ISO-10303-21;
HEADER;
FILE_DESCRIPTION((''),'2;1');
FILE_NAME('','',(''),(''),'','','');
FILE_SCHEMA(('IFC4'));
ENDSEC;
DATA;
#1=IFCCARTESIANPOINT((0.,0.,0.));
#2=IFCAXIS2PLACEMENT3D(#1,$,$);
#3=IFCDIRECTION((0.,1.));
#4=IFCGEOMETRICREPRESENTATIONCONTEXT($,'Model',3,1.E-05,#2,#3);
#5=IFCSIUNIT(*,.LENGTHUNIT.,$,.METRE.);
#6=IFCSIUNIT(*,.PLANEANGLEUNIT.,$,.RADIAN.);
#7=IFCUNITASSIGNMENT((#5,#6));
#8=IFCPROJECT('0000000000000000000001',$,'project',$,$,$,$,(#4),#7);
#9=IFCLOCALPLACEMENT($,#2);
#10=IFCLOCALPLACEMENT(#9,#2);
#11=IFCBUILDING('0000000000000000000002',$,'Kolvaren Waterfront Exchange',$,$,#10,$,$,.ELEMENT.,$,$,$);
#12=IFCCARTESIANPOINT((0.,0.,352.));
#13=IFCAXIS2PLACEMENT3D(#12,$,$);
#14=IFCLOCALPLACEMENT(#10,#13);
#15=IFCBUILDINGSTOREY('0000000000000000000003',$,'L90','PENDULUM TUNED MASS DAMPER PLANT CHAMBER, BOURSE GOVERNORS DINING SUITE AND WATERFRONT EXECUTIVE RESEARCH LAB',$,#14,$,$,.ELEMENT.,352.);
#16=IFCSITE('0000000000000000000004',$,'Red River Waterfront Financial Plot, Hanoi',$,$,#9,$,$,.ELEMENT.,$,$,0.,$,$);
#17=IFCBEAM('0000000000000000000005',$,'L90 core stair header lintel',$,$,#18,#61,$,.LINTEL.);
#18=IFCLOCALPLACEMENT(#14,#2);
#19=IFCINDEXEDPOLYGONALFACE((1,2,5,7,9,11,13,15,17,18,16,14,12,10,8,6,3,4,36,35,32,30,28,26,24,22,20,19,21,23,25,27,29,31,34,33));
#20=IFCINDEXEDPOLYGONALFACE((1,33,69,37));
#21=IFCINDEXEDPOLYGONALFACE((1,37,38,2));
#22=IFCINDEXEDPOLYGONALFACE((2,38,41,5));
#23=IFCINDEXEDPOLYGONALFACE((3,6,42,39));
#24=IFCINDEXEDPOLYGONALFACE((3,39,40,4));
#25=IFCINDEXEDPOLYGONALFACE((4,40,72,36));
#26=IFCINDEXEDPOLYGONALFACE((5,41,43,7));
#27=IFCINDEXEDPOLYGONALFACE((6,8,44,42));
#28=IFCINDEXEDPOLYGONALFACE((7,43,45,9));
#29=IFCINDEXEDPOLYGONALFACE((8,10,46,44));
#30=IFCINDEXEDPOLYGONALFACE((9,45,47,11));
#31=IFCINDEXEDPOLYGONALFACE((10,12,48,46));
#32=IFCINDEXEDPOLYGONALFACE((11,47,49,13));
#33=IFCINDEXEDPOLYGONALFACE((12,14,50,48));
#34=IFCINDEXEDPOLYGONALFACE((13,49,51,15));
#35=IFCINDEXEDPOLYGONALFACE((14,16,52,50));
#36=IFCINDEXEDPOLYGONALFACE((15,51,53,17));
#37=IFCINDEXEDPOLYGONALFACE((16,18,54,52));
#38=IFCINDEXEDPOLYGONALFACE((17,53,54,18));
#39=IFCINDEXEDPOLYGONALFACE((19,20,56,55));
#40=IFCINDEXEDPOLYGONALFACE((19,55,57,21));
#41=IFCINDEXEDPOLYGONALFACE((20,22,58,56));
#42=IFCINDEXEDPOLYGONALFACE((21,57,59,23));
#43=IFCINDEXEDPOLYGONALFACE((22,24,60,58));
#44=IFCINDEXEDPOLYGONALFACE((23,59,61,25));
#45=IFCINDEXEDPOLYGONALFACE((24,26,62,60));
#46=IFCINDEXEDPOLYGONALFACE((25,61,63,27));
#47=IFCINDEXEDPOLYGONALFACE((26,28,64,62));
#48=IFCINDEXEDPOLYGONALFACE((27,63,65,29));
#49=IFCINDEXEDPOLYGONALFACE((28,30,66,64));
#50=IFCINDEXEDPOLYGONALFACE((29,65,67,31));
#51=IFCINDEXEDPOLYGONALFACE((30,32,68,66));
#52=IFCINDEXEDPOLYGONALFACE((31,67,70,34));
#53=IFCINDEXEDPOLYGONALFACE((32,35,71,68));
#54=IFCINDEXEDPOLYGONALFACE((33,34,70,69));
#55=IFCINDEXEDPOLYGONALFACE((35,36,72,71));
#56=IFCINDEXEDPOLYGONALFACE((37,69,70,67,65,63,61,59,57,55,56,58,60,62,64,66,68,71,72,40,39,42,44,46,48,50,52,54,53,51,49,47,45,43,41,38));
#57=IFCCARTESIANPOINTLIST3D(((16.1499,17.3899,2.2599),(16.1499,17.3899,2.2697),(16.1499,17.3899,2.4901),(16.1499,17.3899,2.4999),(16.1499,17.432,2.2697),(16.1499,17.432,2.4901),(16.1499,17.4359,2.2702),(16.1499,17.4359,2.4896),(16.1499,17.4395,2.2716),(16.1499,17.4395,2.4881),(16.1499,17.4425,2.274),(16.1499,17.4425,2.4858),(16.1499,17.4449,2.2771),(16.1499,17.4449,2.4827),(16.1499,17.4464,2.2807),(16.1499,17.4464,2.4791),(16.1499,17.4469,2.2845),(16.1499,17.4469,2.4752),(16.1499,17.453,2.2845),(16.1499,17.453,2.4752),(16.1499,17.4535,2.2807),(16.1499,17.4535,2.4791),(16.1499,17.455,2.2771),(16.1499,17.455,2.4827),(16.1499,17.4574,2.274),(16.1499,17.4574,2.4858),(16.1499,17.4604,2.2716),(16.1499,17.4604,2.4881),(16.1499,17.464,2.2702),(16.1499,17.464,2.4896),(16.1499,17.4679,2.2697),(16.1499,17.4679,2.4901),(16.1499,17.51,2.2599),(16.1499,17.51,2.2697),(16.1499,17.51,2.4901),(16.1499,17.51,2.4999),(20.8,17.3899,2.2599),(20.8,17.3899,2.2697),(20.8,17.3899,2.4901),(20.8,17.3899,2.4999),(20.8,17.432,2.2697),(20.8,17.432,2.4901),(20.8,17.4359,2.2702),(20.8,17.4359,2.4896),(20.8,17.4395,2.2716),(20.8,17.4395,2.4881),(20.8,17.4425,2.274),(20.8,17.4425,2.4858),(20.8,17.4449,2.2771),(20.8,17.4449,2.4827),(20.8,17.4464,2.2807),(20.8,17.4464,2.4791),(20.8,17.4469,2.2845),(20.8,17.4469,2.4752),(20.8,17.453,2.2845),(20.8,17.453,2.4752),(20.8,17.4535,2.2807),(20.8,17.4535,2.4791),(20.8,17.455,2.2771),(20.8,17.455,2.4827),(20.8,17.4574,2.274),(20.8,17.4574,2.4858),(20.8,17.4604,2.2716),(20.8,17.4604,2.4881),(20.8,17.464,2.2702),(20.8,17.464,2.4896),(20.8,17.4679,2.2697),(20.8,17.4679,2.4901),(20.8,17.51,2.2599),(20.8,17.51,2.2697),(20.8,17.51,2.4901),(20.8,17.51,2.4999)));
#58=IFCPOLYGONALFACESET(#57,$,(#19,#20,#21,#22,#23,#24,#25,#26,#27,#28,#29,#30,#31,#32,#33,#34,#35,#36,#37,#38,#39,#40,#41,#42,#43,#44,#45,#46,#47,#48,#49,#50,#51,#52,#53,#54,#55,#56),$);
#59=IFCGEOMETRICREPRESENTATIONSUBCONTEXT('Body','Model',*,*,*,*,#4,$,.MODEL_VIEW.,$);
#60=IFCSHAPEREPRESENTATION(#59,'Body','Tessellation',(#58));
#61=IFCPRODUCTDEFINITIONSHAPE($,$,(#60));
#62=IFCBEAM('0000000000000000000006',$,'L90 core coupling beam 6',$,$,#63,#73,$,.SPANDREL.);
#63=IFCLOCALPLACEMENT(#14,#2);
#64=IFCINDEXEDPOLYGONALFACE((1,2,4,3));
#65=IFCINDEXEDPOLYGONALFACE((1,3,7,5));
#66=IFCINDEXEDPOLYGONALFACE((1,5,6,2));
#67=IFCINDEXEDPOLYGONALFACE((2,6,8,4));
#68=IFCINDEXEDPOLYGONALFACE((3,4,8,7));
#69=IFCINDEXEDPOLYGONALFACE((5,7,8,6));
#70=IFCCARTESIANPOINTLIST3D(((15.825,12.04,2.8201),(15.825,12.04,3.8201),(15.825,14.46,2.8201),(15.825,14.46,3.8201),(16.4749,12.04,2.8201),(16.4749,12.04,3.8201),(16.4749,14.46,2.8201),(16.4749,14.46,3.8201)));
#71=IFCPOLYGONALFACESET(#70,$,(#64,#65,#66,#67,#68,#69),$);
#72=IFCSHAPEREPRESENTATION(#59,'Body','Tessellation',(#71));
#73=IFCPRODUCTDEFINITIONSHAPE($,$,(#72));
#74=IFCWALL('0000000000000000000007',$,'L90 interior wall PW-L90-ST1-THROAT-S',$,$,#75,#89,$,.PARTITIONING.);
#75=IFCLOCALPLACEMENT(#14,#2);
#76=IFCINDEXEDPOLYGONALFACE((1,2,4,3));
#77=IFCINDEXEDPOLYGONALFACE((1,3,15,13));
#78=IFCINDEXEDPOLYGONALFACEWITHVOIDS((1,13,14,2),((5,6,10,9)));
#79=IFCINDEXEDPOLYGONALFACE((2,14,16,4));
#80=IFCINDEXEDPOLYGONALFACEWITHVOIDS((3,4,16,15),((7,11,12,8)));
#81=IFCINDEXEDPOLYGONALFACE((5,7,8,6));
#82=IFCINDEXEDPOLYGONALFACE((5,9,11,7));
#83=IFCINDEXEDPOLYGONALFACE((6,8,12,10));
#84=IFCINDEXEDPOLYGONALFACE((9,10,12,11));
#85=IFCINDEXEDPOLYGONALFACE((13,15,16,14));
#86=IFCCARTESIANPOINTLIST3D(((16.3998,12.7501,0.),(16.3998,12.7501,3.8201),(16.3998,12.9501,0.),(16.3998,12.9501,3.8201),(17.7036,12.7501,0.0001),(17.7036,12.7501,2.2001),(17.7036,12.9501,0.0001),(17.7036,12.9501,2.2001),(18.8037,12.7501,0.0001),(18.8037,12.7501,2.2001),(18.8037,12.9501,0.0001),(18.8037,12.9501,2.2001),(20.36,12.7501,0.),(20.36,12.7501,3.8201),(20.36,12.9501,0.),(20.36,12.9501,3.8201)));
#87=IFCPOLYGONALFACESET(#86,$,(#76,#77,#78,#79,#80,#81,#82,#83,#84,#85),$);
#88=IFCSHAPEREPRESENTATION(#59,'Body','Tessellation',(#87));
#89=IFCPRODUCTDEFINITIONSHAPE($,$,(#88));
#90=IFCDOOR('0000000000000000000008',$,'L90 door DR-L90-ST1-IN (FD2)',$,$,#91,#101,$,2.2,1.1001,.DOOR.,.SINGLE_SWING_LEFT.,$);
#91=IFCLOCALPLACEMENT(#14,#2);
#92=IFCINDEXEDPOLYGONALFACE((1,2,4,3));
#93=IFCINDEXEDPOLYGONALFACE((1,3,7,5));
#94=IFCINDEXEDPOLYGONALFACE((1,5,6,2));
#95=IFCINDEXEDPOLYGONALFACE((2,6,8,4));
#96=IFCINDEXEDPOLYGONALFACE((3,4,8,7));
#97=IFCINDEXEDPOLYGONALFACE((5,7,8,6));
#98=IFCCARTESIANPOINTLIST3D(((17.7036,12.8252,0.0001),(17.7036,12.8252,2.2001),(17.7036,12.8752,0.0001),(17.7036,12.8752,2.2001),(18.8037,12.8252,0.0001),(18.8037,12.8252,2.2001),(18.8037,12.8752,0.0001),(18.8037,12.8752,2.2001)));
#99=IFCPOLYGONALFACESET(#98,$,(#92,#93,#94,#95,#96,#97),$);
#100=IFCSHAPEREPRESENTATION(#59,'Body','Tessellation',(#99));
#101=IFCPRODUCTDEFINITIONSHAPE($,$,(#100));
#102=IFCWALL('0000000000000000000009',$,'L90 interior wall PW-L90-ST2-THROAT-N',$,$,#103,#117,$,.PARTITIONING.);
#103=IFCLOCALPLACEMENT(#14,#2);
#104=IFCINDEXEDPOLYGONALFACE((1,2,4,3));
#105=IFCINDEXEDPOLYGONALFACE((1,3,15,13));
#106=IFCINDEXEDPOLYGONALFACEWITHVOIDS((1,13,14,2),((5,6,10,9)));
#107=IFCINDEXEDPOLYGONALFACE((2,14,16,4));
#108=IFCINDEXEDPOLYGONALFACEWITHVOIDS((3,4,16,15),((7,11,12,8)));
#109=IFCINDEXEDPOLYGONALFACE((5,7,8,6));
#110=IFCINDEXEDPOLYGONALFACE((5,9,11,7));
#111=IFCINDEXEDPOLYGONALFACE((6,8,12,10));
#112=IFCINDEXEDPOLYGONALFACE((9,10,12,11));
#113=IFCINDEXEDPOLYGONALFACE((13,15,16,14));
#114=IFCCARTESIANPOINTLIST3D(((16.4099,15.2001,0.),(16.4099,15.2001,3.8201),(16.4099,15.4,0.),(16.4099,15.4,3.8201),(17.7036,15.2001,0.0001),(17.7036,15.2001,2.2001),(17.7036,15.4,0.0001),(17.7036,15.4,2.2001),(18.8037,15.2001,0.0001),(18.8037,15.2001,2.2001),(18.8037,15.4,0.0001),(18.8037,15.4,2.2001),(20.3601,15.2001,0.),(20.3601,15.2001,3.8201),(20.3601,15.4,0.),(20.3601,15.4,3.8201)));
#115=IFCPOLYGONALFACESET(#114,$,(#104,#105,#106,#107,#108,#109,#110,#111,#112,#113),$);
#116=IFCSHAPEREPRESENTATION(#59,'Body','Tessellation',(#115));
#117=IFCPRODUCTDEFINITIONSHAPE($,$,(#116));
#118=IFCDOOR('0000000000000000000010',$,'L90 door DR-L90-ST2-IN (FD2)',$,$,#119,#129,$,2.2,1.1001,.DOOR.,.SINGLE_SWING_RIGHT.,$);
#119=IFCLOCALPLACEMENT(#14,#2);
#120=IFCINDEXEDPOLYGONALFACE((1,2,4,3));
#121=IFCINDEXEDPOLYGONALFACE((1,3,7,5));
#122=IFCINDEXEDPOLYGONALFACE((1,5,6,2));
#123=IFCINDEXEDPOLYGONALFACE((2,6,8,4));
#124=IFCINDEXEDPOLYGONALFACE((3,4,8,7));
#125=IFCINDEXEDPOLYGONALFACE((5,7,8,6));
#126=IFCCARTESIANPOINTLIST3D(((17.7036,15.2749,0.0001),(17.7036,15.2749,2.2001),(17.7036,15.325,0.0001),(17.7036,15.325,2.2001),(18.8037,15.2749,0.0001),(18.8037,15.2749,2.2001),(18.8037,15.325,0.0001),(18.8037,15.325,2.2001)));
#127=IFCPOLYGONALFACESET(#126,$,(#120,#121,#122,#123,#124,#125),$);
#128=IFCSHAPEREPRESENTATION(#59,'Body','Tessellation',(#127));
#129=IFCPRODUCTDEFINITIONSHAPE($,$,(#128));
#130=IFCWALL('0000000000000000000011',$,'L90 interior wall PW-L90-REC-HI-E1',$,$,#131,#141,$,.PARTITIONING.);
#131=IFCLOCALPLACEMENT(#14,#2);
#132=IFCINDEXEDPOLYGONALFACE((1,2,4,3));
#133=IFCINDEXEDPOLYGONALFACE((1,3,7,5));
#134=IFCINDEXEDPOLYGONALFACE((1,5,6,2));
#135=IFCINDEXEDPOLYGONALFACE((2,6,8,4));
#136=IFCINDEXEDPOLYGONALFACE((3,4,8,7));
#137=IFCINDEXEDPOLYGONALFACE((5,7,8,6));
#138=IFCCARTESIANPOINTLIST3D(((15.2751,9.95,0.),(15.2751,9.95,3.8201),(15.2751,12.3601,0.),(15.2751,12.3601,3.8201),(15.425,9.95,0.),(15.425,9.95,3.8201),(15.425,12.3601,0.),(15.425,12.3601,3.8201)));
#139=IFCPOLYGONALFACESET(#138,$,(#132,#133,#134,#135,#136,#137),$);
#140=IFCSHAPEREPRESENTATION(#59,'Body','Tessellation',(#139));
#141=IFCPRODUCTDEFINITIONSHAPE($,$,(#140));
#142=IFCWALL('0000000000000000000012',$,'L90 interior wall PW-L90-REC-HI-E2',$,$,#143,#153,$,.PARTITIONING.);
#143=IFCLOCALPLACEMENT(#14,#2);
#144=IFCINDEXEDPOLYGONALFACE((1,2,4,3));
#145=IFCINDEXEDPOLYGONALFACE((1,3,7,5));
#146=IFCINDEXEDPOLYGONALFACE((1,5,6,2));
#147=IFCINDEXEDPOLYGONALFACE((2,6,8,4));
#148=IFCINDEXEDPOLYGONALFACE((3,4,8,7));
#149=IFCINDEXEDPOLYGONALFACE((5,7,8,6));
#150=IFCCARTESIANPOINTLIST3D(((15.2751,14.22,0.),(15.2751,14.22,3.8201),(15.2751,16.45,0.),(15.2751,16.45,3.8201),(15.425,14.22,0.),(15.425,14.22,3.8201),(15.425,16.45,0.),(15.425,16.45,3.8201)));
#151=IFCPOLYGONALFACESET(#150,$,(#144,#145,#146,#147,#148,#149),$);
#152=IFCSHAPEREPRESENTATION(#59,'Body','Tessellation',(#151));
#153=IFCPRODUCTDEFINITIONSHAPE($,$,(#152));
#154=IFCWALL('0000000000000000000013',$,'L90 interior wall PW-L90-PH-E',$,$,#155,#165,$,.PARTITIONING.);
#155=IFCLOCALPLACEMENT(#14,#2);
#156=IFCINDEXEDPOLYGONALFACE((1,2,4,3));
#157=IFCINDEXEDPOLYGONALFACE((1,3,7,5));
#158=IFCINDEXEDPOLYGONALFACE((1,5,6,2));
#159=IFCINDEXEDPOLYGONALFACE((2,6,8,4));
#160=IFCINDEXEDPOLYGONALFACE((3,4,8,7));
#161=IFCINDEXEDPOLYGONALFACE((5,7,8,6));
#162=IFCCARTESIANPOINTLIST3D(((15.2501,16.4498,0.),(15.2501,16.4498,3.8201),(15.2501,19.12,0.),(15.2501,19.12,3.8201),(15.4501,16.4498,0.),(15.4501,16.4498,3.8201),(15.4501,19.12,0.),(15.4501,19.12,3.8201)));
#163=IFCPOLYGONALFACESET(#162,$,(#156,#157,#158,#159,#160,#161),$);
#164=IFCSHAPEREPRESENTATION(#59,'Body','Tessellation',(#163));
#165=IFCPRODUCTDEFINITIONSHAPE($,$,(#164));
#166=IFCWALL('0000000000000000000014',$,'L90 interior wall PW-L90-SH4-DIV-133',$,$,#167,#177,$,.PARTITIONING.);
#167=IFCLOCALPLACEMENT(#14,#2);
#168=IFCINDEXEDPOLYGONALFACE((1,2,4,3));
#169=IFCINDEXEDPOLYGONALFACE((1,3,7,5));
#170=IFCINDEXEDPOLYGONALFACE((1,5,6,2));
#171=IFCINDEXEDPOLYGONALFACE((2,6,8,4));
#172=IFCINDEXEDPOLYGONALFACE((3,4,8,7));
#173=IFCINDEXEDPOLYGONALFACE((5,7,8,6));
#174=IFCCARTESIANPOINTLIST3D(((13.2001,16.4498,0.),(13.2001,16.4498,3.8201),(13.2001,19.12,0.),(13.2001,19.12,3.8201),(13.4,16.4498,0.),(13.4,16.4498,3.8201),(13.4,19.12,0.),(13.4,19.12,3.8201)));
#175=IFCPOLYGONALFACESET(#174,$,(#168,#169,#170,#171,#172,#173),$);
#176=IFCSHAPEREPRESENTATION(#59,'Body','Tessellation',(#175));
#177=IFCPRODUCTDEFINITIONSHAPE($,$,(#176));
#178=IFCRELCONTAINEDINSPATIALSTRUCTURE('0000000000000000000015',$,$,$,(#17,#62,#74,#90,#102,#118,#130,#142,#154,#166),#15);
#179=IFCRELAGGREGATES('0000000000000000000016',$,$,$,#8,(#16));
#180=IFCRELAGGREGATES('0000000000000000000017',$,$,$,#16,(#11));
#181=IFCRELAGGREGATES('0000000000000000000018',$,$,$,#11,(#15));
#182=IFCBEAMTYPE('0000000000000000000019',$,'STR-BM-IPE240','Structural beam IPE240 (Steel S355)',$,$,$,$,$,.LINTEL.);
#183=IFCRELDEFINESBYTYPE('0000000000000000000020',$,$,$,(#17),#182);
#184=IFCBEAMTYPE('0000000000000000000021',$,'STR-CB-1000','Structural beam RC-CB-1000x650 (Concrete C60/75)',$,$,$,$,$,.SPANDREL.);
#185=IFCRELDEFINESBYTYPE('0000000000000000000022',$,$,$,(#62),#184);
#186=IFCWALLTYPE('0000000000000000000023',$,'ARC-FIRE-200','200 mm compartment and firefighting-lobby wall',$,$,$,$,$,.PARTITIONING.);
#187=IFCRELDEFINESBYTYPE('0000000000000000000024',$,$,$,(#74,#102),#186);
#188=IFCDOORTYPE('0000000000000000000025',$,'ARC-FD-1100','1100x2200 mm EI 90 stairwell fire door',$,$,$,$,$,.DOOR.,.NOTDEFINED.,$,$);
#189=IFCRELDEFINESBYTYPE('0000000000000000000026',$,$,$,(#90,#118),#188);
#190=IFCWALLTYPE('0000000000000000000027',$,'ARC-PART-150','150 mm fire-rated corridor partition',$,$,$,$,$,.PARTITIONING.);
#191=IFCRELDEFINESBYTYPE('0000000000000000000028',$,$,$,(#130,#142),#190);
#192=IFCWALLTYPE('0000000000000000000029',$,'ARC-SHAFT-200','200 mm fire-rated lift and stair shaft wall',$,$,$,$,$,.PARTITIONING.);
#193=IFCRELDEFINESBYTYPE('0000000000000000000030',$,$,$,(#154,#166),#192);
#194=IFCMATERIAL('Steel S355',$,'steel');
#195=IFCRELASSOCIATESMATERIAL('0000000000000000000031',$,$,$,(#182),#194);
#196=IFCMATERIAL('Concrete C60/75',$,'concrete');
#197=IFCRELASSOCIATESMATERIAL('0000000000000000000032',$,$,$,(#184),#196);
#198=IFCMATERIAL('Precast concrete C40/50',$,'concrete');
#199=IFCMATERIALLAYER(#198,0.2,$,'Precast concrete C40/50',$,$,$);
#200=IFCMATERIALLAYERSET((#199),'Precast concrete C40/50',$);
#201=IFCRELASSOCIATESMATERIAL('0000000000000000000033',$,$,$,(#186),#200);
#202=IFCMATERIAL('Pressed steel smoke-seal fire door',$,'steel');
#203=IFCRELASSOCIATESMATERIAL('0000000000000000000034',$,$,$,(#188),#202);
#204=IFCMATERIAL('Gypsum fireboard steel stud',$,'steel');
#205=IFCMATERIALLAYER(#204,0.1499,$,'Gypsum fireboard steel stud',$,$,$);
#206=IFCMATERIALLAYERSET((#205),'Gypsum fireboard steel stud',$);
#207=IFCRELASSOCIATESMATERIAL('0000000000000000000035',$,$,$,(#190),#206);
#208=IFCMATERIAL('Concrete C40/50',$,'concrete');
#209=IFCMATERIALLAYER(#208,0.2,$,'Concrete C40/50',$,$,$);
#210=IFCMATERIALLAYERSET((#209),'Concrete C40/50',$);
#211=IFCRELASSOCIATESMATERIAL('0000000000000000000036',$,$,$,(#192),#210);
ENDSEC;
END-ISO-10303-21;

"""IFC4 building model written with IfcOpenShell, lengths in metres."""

from ifc_helpers import new_model, si_unit, direction, frame, frame_2d, origin, origin_2d, place, context, subcontext, project, spatial, rectangle, i_section, extrude, material, layer, layer_set, material_profile, profile_set, type_object, element, fill, save


model = new_model("IFC4")

# Units and contexts
model_context = context("Model", 3, precision=1e-05, world=origin(), true_north=direction((0.0, 1.0)))
body_context = subcontext(model_context, "Body", "Model", "MODEL_VIEW")
ifc_project = project(units=[si_unit("LENGTHUNIT", "METRE"), si_unit("PLANEANGLEUNIT", "RADIAN")], contexts=[model_context])

# Site, building, storey
site_placement = place(None, origin())
site = spatial("IfcSite", under=ifc_project, at=site_placement, Name="Red River Waterfront Financial Plot, Hanoi", CompositionType="ELEMENT", RefElevation=0.0)
building_placement = place(site_placement, origin())
building = spatial("IfcBuilding", under=site, at=building_placement, Name="Kolvaren Waterfront Exchange", CompositionType="ELEMENT")
storey_placement = place(building_placement, frame((0.0, 0.0, 352.0)))
storey = spatial("IfcBuildingStorey", under=building, at=storey_placement, Name="L90", Description="PENDULUM TUNED MASS DAMPER PLANT CHAMBER, BOURSE GOVERNORS DINING SUITE AND WATERFRONT EXECUTIVE RESEARCH LAB", CompositionType="ELEMENT", Elevation=352.0)

# Beams
ifc_material_1 = material(Name="Steel S355", Category="steel")
ifc_material_profile_1 = material_profile(ifc_material_1, i_section(OverallWidth=0.1201, OverallDepth=0.24, WebThickness=0.0061, FlangeThickness=0.0098, FilletRadius=0.0149, at=origin_2d()), Name="IPE240")
ifc_profile_set_1 = profile_set([ifc_material_profile_1], Name="Steel S355")
beam_type_1 = type_object("IfcBeamType", Name="STR-BM-IPE240", Description="Structural beam IPE240 (Steel S355)", PredefinedType="LINTEL", material=ifc_profile_set_1)
beam_1_placement = place(storey_placement, frame((16.1499, 17.45, 2.3799), z_axis=(1.0, 0.0, 0.0), x_axis=(0.0, 1.0, 0.0)))
element("IfcBeam", 1, at=beam_1_placement, inside=storey, type_object=beam_type_1, Name="L90 core stair header lintel", PredefinedType="LINTEL", context=body_context, shape_type="SweptSolid", body=[
    extrude(i_section(OverallWidth=0.1201, OverallDepth=0.24, WebThickness=0.0061, FlangeThickness=0.0098, FilletRadius=0.0149, at=origin_2d()), origin(), (0.0, 0.0, 1.0), 4.6501),
])
ifc_material_2 = material(Name="Concrete C60/75", Category="concrete")
ifc_material_profile_2 = material_profile(ifc_material_2, rectangle(XDim=0.6499, YDim=1.0, at=origin_2d()), Name="RC-CB-1000x650")
ifc_profile_set_2 = profile_set([ifc_material_profile_2], Name="Concrete C60/75")
beam_type_2 = type_object("IfcBeamType", Name="STR-CB-1000", Description="Structural beam RC-CB-1000x650 (Concrete C60/75)", PredefinedType="SPANDREL", material=ifc_profile_set_2)
beam_2_placement = place(storey_placement, frame((16.1499, 12.04, 3.3201), z_axis=(0.0, 1.0, 0.0), x_axis=(-1.0, 0.0, 0.0)))
element("IfcBeam", 2, at=beam_2_placement, inside=storey, type_object=beam_type_2, Name="L90 core coupling beam 6", PredefinedType="SPANDREL", context=body_context, shape_type="SweptSolid", body=[
    extrude(rectangle(XDim=0.6499, YDim=1.0, at=origin_2d()), origin(), (0.0, 0.0, 1.0), 2.4199),
])

# Walls, openings, doors
ifc_material_3 = material(Name="Precast concrete C40/50", Category="concrete")
ifc_layer_1 = layer(ifc_material_3, 0.2, Name="Precast concrete C40/50")
ifc_layer_set_1 = layer_set([ifc_layer_1], Name="Precast concrete C40/50")
wall_type_1 = type_object("IfcWallType", Name="ARC-FIRE-200", Description="200 mm compartment and firefighting-lobby wall", PredefinedType="PARTITIONING", material=ifc_layer_set_1)
wall_1_placement = place(storey_placement, frame((16.3999, 12.8501, 0.0), z_axis=(0.0, 0.0, 1.0), x_axis=(1.0, 0.0, 0.0)))
wall_1 = element("IfcWall", 3, at=wall_1_placement, inside=storey, type_object=wall_type_1, Name="L90 interior wall PW-L90-ST1-THROAT-S", PredefinedType="PARTITIONING", context=body_context, shape_type="SweptSolid", body=[
    extrude(rectangle(XDim=3.9602, YDim=0.2, at=frame_2d((1.98, 0.0))), origin(), (0.0, 0.0, 1.0), 3.8201),
])
opening_1_placement = place(wall_1_placement, frame((1.3037, 0.0, 0.0)))
opening_1 = element("IfcOpeningElement", 4, at=opening_1_placement, cuts=wall_1, PredefinedType="OPENING", context=body_context, shape_type="SweptSolid", body=[
    extrude(rectangle(XDim=1.1001, YDim=2.2, at=frame_2d((0.55, 1.1001))), frame((0.0, 0.1099, 0.0), z_axis=(0.0, -1.0, 0.0), x_axis=(1.0, 0.0, 0.0)), (0.0, 0.0, 1.0), 0.22),
])
ifc_material_4 = material(Name="Pressed steel smoke-seal fire door", Category="steel")
door_type = type_object("IfcDoorType", Name="ARC-FD-1100", Description="1100x2200 mm EI 90 stairwell fire door", OperationType="NOTDEFINED", PredefinedType="DOOR", material=ifc_material_4)
door_1_placement = place(opening_1_placement, frame((1.1001, 0.0, 0.0), z_axis=(0.0, 0.0, 1.0), x_axis=(-1.0, 0.0, 0.0)))
door_1 = element("IfcDoor", 5, at=door_1_placement, inside=storey, type_object=door_type, Name="L90 door DR-L90-ST1-IN (FD2)", OperationType="SINGLE_SWING_LEFT", OverallHeight=2.2, OverallWidth=1.1001, PredefinedType="DOOR", context=body_context, shape_type="SweptSolid", body=[
    extrude(rectangle(XDim=1.1001, YDim=2.2, at=frame_2d((0.55, 1.1001))), frame((0.0, 0.0249, 0.0), z_axis=(0.0, -1.0, 0.0), x_axis=(1.0, 0.0, 0.0)), (0.0, 0.0, 1.0), 0.05),
])
fill(opening_1, door_1)
wall_2_placement = place(storey_placement, frame((16.4099, 15.3, 0.0), z_axis=(0.0, 0.0, 1.0), x_axis=(1.0, 0.0, 0.0)))
wall_2 = element("IfcWall", 6, at=wall_2_placement, inside=storey, type_object=wall_type_1, Name="L90 interior wall PW-L90-ST2-THROAT-N", PredefinedType="PARTITIONING", context=body_context, shape_type="SweptSolid", body=[
    extrude(rectangle(XDim=3.9502, YDim=0.2, at=frame_2d((1.9751, 0.0))), origin(), (0.0, 0.0, 1.0), 3.8201),
])
opening_2_placement = place(wall_2_placement, frame((1.2937, 0.0, 0.0)))
opening_2 = element("IfcOpeningElement", 7, at=opening_2_placement, cuts=wall_2, PredefinedType="OPENING", context=body_context, shape_type="SweptSolid", body=[
    extrude(rectangle(XDim=1.1001, YDim=2.2, at=frame_2d((0.55, 1.1001))), frame((0.0, 0.1099, 0.0), z_axis=(0.0, -1.0, 0.0), x_axis=(1.0, 0.0, 0.0)), (0.0, 0.0, 1.0), 0.22),
])
door_2_placement = place(opening_2_placement, origin())
door_2 = element("IfcDoor", 8, at=door_2_placement, inside=storey, type_object=door_type, Name="L90 door DR-L90-ST2-IN (FD2)", OperationType="SINGLE_SWING_RIGHT", OverallHeight=2.2, OverallWidth=1.1001, PredefinedType="DOOR", context=body_context, shape_type="SweptSolid", body=[
    extrude(rectangle(XDim=1.1001, YDim=2.2, at=frame_2d((0.55, 1.1001))), frame((0.0, 0.0249, 0.0), z_axis=(0.0, -1.0, 0.0), x_axis=(1.0, 0.0, 0.0)), (0.0, 0.0, 1.0), 0.05),
])
fill(opening_2, door_2)

# Walls
ifc_material_5 = material(Name="Gypsum fireboard steel stud", Category="steel")
ifc_layer_2 = layer(ifc_material_5, 0.1499, Name="Gypsum fireboard steel stud")
ifc_layer_set_2 = layer_set([ifc_layer_2], Name="Gypsum fireboard steel stud")
wall_type_2 = type_object("IfcWallType", Name="ARC-PART-150", Description="150 mm fire-rated corridor partition", PredefinedType="PARTITIONING", material=ifc_layer_set_2)
wall_3_placement = place(storey_placement, frame((15.3501, 9.95, 0.0), z_axis=(0.0, 0.0, 1.0), x_axis=(0.0, 1.0, 0.0)))
element("IfcWall", 9, at=wall_3_placement, inside=storey, type_object=wall_type_2, Name="L90 interior wall PW-L90-REC-HI-E1", PredefinedType="PARTITIONING", context=body_context, shape_type="SweptSolid", body=[
    extrude(rectangle(XDim=2.4102, YDim=0.1499, at=frame_2d((1.2051, 0.0))), origin(), (0.0, 0.0, 1.0), 3.8201),
])
wall_4_placement = place(storey_placement, frame((15.3501, 14.22, 0.0), z_axis=(0.0, 0.0, 1.0), x_axis=(0.0, 1.0, 0.0)))
element("IfcWall", 10, at=wall_4_placement, inside=storey, type_object=wall_type_2, Name="L90 interior wall PW-L90-REC-HI-E2", PredefinedType="PARTITIONING", context=body_context, shape_type="SweptSolid", body=[
    extrude(rectangle(XDim=2.23, YDim=0.1499, at=frame_2d((1.115, 0.0))), origin(), (0.0, 0.0, 1.0), 3.8201),
])
ifc_material_6 = material(Name="Concrete C40/50", Category="concrete")
ifc_layer_3 = layer(ifc_material_6, 0.2, Name="Concrete C40/50")
ifc_layer_set_3 = layer_set([ifc_layer_3], Name="Concrete C40/50")
wall_type_3 = type_object("IfcWallType", Name="ARC-SHAFT-200", Description="200 mm fire-rated lift and stair shaft wall", PredefinedType="PARTITIONING", material=ifc_layer_set_3)
for number, where, z_axis, x_axis, name in (
    (11, (15.3501, 16.45, 0.0), (0.0, 0.0, 1.0), (0.0, 1.0, 0.0), "L90 interior wall PW-L90-PH-E"),
    (12, (13.3, 16.45, 0.0), (0.0, 0.0, 1.0), (0.0, 1.0, 0.0), "L90 interior wall PW-L90-SH4-DIV-133"),
):
    element("IfcWall", number, at=place(storey_placement, frame(where, z_axis=z_axis, x_axis=x_axis)), inside=storey, type_object=wall_type_3, Name=name, PredefinedType="PARTITIONING", context=body_context, shape_type="SweptSolid", body=[
        extrude(rectangle(XDim=2.6702, YDim=0.2, at=frame_2d((1.335, 0.0))), origin(), (0.0, 0.0, 1.0), 3.8201),
    ])

save(model, "model.ifc")
